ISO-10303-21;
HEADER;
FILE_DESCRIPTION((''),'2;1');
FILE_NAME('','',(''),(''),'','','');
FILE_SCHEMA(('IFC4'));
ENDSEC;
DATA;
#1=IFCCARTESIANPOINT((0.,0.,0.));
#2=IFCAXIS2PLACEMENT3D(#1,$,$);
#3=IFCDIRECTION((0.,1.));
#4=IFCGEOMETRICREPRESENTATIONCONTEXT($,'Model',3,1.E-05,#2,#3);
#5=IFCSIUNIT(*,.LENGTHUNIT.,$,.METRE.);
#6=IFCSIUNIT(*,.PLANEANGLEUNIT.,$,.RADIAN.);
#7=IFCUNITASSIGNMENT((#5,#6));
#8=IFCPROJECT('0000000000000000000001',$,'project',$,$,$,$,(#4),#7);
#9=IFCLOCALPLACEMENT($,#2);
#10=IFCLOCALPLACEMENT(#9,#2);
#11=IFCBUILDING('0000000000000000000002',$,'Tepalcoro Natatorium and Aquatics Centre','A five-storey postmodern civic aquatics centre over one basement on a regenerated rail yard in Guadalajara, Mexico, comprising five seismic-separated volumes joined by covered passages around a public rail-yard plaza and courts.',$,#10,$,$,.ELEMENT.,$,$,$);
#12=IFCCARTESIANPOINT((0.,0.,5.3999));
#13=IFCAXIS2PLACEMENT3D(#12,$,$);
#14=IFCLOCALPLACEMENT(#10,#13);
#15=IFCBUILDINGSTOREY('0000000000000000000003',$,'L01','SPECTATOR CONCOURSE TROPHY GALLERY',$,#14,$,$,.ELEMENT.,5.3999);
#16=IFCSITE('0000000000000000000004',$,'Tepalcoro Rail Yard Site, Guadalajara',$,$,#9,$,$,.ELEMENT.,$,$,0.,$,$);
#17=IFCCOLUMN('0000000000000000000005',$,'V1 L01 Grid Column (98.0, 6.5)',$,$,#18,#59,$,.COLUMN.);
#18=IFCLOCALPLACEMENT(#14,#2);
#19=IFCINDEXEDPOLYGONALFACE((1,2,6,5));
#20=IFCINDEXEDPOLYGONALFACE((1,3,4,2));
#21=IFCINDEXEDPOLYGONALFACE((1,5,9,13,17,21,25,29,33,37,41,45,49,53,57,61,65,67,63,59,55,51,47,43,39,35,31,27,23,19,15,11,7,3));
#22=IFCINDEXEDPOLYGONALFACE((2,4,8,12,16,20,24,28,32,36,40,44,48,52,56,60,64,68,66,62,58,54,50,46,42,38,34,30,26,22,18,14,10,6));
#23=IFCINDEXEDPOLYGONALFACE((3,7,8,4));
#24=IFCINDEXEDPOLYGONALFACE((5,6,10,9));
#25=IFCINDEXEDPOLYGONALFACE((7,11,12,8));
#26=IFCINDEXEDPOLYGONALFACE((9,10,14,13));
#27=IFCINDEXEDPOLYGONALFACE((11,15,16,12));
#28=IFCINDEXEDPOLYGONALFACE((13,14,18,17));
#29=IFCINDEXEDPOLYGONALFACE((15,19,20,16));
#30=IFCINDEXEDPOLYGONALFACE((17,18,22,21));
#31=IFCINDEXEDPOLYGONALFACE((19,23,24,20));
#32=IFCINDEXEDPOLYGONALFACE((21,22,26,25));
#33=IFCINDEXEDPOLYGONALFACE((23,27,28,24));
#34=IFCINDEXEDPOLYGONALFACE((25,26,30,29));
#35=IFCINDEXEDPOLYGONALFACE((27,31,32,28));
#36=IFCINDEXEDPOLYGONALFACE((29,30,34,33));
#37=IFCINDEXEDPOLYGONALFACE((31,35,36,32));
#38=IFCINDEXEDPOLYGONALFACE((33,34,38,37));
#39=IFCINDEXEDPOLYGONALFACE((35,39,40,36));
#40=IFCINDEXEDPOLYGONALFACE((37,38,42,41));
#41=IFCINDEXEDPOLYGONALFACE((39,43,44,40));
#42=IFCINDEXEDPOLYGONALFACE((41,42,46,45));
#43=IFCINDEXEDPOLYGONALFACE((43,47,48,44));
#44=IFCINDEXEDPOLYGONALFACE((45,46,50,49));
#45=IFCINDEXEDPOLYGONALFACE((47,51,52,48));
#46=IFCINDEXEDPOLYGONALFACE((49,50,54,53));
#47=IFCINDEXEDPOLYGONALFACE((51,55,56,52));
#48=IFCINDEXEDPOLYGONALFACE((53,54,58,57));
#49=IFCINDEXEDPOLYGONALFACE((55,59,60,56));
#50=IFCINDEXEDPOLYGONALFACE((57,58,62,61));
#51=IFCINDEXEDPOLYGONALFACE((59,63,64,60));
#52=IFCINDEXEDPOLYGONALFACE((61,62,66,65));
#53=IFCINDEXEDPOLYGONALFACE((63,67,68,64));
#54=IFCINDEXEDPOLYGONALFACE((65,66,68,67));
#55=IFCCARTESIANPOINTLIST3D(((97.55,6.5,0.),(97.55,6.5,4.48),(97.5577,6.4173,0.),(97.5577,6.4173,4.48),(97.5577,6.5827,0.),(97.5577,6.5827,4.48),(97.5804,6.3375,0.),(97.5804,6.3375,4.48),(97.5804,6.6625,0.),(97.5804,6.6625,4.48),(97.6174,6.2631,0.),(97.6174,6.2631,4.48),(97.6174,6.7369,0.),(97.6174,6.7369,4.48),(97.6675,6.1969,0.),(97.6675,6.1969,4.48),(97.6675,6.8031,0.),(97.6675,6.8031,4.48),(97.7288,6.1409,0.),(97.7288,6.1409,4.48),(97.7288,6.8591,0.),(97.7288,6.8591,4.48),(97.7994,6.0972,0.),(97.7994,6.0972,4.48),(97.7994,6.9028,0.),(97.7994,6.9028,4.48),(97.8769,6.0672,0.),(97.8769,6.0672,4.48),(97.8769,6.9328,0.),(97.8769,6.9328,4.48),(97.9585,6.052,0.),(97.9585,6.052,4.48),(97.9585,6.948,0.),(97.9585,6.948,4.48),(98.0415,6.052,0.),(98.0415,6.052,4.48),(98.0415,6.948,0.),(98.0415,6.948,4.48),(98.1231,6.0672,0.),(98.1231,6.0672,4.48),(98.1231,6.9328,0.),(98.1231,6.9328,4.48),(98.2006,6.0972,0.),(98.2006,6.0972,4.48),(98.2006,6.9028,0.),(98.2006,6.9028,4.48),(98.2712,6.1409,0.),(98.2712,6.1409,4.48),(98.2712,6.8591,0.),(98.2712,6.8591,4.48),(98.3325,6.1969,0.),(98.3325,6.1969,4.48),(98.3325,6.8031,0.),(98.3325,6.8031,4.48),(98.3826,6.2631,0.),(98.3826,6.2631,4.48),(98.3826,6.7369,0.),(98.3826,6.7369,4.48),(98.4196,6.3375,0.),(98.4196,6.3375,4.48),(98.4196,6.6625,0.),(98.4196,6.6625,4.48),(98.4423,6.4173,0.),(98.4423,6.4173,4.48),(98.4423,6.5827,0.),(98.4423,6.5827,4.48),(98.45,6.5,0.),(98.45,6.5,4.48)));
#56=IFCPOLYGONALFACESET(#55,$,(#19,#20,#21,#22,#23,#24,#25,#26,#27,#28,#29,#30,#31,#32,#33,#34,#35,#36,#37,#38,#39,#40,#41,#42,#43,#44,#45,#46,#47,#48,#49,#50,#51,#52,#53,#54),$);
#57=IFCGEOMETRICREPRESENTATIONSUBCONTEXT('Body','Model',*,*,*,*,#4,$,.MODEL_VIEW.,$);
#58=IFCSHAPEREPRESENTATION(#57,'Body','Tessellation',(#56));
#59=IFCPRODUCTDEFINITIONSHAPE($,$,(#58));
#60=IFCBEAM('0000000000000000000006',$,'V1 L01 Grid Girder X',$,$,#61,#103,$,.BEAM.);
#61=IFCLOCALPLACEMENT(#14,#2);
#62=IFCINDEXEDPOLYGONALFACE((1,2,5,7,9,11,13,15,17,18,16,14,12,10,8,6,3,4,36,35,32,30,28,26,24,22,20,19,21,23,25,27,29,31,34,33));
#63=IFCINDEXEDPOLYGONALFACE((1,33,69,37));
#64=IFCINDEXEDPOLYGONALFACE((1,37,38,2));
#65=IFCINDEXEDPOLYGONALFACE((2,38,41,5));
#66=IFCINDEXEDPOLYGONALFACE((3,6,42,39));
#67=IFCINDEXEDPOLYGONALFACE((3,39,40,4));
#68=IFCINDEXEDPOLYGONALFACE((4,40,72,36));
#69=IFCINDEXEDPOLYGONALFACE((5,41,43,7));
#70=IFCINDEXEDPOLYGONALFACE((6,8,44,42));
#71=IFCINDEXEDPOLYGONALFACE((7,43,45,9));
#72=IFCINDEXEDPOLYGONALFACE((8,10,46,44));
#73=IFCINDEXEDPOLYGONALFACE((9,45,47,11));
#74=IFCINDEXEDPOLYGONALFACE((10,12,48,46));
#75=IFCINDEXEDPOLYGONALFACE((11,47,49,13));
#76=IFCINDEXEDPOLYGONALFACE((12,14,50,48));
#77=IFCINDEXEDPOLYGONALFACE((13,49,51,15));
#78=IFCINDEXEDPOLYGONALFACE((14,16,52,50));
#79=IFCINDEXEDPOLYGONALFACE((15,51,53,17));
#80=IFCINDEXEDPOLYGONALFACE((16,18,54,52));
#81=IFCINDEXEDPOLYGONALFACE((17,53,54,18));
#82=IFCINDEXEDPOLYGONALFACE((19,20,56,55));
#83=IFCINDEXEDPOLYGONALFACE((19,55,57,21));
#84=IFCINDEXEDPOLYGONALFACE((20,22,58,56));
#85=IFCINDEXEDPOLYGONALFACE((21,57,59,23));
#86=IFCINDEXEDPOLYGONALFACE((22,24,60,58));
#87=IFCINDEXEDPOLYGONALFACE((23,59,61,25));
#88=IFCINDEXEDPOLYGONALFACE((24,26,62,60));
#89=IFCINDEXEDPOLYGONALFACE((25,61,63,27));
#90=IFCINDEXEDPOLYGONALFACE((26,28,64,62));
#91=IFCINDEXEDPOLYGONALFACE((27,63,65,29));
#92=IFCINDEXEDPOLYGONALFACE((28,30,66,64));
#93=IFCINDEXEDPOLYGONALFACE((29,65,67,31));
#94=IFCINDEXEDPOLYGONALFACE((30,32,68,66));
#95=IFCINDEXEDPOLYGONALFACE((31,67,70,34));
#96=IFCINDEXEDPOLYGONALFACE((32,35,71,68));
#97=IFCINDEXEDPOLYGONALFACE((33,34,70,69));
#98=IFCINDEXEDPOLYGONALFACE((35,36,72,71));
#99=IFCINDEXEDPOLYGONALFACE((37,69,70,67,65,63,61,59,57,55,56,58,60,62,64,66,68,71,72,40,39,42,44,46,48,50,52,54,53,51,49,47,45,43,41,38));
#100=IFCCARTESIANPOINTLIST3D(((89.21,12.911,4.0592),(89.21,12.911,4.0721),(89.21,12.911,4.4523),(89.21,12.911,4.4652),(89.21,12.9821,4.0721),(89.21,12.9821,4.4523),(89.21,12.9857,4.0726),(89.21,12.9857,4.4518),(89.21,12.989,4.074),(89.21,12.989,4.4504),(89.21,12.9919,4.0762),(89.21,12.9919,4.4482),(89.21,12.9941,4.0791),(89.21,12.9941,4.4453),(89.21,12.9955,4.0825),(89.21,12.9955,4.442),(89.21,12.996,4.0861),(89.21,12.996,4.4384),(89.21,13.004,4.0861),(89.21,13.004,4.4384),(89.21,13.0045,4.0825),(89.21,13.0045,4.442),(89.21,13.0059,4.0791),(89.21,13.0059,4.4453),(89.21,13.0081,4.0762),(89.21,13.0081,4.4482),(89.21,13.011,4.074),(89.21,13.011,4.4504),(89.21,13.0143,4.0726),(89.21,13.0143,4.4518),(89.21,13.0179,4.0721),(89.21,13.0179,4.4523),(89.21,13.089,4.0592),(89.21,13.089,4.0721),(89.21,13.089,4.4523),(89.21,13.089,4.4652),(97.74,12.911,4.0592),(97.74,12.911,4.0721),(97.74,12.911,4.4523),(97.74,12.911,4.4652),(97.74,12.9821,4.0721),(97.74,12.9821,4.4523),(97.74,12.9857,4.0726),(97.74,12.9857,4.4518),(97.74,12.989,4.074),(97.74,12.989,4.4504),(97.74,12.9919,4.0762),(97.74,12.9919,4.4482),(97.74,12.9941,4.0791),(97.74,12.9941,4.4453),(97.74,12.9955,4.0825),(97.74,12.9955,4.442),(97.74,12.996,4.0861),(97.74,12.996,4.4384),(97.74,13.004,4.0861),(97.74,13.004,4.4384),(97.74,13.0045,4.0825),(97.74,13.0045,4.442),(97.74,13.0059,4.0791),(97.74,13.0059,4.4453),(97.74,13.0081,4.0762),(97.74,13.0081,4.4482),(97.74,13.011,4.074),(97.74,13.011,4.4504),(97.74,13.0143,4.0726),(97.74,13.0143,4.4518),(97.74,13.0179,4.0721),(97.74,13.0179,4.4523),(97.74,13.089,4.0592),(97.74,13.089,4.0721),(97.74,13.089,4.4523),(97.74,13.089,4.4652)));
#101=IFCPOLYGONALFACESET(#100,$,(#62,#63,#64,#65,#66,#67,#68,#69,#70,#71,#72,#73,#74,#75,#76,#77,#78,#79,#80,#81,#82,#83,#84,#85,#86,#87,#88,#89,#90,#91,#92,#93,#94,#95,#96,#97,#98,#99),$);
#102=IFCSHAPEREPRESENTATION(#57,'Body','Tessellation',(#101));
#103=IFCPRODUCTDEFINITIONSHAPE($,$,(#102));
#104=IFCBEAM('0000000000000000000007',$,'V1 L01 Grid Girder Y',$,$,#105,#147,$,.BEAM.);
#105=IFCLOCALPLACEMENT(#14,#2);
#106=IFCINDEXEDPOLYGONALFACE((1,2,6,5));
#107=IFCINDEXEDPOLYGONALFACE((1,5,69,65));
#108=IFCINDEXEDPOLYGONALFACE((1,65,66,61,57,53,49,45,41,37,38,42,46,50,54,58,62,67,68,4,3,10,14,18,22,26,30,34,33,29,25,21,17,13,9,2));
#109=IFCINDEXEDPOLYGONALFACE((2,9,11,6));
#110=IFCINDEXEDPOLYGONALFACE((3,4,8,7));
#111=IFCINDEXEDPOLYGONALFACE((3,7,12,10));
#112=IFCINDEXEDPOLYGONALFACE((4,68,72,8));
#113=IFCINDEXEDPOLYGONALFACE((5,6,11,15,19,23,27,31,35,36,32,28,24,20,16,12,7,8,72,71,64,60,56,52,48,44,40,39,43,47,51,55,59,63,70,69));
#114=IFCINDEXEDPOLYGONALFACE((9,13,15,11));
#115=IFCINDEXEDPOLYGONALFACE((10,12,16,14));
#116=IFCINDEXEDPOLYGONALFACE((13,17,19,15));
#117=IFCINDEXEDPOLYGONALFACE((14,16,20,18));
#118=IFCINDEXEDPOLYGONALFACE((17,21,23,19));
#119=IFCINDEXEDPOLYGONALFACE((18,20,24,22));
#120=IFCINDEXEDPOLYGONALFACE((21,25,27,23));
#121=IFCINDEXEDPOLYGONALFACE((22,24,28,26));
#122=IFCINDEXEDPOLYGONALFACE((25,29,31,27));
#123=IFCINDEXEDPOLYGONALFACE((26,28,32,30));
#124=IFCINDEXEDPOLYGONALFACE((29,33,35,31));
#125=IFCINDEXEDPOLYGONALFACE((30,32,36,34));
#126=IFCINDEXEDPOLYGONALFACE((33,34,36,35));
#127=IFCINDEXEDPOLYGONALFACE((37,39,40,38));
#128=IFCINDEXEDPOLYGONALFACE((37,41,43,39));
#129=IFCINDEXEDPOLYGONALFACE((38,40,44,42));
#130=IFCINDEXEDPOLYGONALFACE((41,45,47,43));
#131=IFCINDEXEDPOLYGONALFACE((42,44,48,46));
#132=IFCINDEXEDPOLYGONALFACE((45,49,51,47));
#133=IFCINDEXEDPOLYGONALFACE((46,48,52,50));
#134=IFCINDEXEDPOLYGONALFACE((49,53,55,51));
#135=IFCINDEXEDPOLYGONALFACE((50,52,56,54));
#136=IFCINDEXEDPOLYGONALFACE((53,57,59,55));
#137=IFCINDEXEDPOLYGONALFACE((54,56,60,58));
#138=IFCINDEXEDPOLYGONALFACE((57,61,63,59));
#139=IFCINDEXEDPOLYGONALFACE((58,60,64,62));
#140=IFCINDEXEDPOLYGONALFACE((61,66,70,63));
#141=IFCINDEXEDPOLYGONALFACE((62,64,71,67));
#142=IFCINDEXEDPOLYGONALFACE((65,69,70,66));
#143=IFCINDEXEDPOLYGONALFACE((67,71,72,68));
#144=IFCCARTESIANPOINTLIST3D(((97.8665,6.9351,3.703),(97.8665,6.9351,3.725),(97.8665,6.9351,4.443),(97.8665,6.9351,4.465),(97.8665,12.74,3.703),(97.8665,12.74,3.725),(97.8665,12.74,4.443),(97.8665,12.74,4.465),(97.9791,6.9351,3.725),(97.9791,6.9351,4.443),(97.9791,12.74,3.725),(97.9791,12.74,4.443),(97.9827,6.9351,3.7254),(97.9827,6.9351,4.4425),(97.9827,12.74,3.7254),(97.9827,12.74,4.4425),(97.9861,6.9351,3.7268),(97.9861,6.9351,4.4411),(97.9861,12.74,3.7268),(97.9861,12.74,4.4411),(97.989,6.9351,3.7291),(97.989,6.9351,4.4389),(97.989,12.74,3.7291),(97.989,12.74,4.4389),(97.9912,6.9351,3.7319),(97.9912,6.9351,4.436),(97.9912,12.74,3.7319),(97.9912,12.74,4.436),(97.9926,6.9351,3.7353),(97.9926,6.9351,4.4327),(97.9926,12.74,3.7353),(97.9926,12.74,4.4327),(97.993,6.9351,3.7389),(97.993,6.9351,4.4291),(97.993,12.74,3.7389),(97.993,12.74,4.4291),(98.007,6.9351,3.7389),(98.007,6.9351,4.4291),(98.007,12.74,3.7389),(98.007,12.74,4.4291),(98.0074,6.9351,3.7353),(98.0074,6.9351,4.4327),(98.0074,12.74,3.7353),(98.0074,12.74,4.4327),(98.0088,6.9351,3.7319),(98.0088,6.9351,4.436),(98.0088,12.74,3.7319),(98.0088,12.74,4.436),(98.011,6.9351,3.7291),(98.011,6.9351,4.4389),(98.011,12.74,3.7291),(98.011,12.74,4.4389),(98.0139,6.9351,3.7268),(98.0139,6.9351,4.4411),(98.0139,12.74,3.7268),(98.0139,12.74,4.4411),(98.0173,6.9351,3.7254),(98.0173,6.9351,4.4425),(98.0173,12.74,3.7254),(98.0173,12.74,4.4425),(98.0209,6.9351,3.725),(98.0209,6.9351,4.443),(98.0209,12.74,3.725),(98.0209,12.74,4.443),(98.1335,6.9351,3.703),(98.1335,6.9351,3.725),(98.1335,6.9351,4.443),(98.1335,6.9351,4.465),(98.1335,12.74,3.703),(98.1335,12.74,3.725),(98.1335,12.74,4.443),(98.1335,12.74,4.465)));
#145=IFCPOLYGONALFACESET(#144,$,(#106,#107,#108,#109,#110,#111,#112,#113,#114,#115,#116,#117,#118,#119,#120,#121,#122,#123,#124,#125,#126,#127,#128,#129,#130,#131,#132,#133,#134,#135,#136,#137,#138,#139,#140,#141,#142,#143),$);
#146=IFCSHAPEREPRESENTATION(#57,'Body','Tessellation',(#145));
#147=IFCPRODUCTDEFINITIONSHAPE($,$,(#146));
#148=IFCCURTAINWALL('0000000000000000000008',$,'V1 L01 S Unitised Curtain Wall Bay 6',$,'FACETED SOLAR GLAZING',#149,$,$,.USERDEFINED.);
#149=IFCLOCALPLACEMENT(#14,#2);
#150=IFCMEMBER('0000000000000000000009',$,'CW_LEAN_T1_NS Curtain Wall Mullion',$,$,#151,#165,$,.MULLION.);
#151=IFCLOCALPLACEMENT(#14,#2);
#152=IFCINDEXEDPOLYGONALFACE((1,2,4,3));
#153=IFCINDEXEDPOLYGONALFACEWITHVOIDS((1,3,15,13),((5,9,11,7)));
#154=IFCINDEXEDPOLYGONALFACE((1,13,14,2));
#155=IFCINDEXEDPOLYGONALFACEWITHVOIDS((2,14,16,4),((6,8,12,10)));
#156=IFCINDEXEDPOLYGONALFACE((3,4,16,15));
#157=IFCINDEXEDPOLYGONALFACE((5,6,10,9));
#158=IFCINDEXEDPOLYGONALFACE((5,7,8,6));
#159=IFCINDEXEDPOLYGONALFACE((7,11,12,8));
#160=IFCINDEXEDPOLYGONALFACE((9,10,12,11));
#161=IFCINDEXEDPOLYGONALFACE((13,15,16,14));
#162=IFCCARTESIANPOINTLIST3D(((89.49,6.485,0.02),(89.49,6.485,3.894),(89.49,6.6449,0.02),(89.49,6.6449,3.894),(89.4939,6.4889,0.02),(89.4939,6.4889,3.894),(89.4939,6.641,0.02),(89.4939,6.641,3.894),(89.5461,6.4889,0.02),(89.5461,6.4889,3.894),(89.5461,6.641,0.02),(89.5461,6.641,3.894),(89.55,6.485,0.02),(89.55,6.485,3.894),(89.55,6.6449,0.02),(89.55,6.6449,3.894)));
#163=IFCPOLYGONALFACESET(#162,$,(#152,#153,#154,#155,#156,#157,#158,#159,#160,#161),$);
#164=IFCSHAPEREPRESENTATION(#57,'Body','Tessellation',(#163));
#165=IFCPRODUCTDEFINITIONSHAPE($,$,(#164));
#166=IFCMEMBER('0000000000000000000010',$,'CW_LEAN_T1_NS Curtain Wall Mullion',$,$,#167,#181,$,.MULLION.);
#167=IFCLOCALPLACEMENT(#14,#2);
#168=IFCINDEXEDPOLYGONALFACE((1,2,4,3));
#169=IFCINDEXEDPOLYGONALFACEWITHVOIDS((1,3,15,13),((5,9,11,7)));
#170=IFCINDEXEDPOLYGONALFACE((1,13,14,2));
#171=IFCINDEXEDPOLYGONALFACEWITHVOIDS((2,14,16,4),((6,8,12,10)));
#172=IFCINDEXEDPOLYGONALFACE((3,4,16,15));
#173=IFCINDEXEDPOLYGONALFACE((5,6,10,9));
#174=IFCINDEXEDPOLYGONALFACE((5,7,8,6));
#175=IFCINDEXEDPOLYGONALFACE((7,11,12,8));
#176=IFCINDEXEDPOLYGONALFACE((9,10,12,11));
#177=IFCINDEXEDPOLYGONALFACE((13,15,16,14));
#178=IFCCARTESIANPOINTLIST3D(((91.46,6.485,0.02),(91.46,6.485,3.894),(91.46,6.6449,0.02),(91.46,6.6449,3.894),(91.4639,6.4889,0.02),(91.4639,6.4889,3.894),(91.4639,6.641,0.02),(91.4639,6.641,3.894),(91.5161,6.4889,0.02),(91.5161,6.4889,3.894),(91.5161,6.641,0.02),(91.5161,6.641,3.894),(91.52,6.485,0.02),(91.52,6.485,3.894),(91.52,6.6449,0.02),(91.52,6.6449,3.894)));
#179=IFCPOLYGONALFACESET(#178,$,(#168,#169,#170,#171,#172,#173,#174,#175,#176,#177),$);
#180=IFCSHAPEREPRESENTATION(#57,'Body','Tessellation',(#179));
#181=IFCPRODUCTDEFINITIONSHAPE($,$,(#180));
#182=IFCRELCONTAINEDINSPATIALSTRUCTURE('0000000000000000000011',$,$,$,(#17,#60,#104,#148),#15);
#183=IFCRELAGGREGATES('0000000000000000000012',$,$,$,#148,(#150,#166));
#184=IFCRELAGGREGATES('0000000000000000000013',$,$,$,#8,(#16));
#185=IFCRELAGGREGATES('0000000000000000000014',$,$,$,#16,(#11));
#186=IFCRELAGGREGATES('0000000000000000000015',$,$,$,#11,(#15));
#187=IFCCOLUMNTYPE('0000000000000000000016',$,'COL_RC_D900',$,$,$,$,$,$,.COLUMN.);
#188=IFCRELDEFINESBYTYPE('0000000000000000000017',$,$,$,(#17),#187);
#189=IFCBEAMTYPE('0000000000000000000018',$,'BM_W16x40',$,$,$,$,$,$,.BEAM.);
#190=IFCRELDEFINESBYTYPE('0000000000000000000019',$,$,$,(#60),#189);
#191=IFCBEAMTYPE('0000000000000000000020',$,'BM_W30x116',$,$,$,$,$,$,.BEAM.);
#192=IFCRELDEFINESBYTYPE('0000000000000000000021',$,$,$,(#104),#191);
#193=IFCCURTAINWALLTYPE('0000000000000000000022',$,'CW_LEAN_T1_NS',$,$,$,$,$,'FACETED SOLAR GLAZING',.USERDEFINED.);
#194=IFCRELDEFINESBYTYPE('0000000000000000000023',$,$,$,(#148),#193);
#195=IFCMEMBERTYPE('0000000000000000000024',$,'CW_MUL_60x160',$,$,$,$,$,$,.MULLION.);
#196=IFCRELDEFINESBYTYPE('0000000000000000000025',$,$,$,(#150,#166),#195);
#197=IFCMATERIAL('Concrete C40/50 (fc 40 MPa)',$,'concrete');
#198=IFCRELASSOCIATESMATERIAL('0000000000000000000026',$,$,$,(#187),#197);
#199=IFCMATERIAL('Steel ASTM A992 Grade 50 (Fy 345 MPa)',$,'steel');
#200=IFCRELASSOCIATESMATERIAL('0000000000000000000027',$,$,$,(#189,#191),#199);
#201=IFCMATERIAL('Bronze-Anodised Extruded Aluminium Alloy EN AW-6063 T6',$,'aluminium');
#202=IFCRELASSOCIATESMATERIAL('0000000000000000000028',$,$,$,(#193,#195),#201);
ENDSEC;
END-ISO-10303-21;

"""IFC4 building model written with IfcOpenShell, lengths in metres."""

from ifc_helpers import new_model, si_unit, direction, frame, origin, origin_2d, place, context, subcontext, project, spatial, hollow_rectangle, circle, i_section, extrude, material, material_profile, profile_set, type_object, element, aggregate, save


model = new_model("IFC4")

# Units and contexts
model_context = context("Model", 3, precision=1e-05, world=origin(), true_north=direction((0.0, 1.0)))
body_context = subcontext(model_context, "Body", "Model", "MODEL_VIEW")
ifc_project = project(units=[si_unit("LENGTHUNIT", "METRE"), si_unit("PLANEANGLEUNIT", "RADIAN")], contexts=[model_context])

# Site, building, storey
site_placement = place(None, origin())
site = spatial("IfcSite", under=ifc_project, at=site_placement, Name="Tepalcoro Rail Yard Site, Guadalajara", CompositionType="ELEMENT", RefElevation=0.0)
building_placement = place(site_placement, origin())
building = spatial("IfcBuilding", under=site, at=building_placement, Name="Tepalcoro Natatorium and Aquatics Centre", Description="A five-storey postmodern civic aquatics centre over one basement on a regenerated rail yard in Guadalajara, Mexico, comprising five seismic-separated volumes joined by covered passages around a public rail-yard plaza and courts.", CompositionType="ELEMENT")
storey_placement = place(building_placement, frame((0.0, 0.0, 5.3999)))
storey = spatial("IfcBuildingStorey", under=building, at=storey_placement, Name="L01", Description="SPECTATOR CONCOURSE TROPHY GALLERY", CompositionType="ELEMENT", Elevation=5.3999)

# Column
ifc_material_1 = material(Name="Concrete C40/50 (fc 40 MPa)", Category="concrete")
ifc_material_profile_1 = material_profile(ifc_material_1, circle(Radius=0.45, at=origin_2d()), Name="RCD900")
ifc_profile_set_1 = profile_set([ifc_material_profile_1], Name="Concrete C40/50 (fc 40 MPa)")
column_type = type_object("IfcColumnType", Name="COL_RC_D900", PredefinedType="COLUMN", material=ifc_profile_set_1)
column_placement = place(storey_placement, frame((98.0, 6.5, 0.0), z_axis=(0.0, 0.0, 1.0), x_axis=(1.0, 0.0, 0.0)))
element("IfcColumn", 1, at=column_placement, inside=storey, type_object=column_type, Name="V1 L01 Grid Column (98.0, 6.5)", PredefinedType="COLUMN", context=body_context, shape_type="SweptSolid", body=[
    extrude(circle(Radius=0.45, at=origin_2d()), origin(), (0.0, 0.0, 1.0), 4.48),
])

# Beams
ifc_material_2 = material(Name="Steel ASTM A992 Grade 50 (Fy 345 MPa)", Category="steel")
ifc_material_profile_2 = material_profile(ifc_material_2, i_section(OverallWidth=0.178, OverallDepth=0.406, WebThickness=0.0081, FlangeThickness=0.0129, FilletRadius=0.0139, at=origin_2d()), Name="W16X40")
ifc_profile_set_2 = profile_set([ifc_material_profile_2], Name="Steel ASTM A992 Grade 50 (Fy 345 MPa)")
beam_type_1 = type_object("IfcBeamType", Name="BM_W16x40", PredefinedType="BEAM", material=ifc_profile_set_2)
beam_1_placement = place(storey_placement, frame((89.21, 13.0, 4.2622), z_axis=(1.0, 0.0, 0.0), x_axis=(0.0, 1.0, 0.0)))
element("IfcBeam", 2, at=beam_1_placement, inside=storey, type_object=beam_type_1, Name="V1 L01 Grid Girder X", PredefinedType="BEAM", context=body_context, shape_type="SweptSolid", body=[
    extrude(i_section(OverallWidth=0.178, OverallDepth=0.406, WebThickness=0.0081, FlangeThickness=0.0129, FilletRadius=0.0139, at=origin_2d()), origin(), (0.0, 0.0, 1.0), 8.53),
])
ifc_material_profile_3 = material_profile(ifc_material_2, i_section(OverallWidth=0.2671, OverallDepth=0.762, WebThickness=0.0139, FlangeThickness=0.022, FilletRadius=0.0139, at=origin_2d()), Name="W30X116")
ifc_profile_set_3 = profile_set([ifc_material_profile_3], Name="Steel ASTM A992 Grade 50 (Fy 345 MPa)")
beam_type_2 = type_object("IfcBeamType", Name="BM_W30x116", PredefinedType="BEAM", material=ifc_profile_set_3)
beam_2_placement = place(storey_placement, frame((98.0, 6.9351, 4.084), z_axis=(0.0, 1.0, 0.0), x_axis=(-1.0, 0.0, 0.0)))
element("IfcBeam", 3, at=beam_2_placement, inside=storey, type_object=beam_type_2, Name="V1 L01 Grid Girder Y", PredefinedType="BEAM", context=body_context, shape_type="SweptSolid", body=[
    extrude(i_section(OverallWidth=0.2671, OverallDepth=0.762, WebThickness=0.0139, FlangeThickness=0.022, FilletRadius=0.0139, at=origin_2d()), origin(), (0.0, 0.0, 1.0), 5.8049),
])

# Curtain wall, members
ifc_material_3 = material(Name="Bronze-Anodised Extruded Aluminium Alloy EN AW-6063 T6", Category="aluminium")
curtain_wall_type = type_object("IfcCurtainWallType", Name="CW_LEAN_T1_NS", ElementType="FACETED SOLAR GLAZING", PredefinedType="USERDEFINED", material=ifc_material_3)
curtain_wall_placement = place(storey_placement, origin())
curtain_wall = element("IfcCurtainWall", 4, at=curtain_wall_placement, inside=storey, type_object=curtain_wall_type, Name="V1 L01 S Unitised Curtain Wall Bay 6", ObjectType="FACETED SOLAR GLAZING", PredefinedType="USERDEFINED")
ifc_material_profile_4 = material_profile(ifc_material_3, hollow_rectangle(XDim=0.0601, YDim=0.1599, WallThickness=0.0039, at=origin_2d()), Name="AL60X160X4")
ifc_profile_set_4 = profile_set([ifc_material_profile_4], Name="Bronze-Anodised Extruded Aluminium Alloy EN AW-6063 T6")
member_type_1 = type_object("IfcMemberType", Name="CW_MUL_60x160", PredefinedType="MULLION", material=ifc_profile_set_4)
member_1_placement = place(storey_placement, frame((89.52, 6.5649, 0.02), z_axis=(0.0, 0.0, 1.0), x_axis=(1.0, 0.0, 0.0)))
member_1 = element("IfcMember", 5, at=member_1_placement, type_object=member_type_1, Name="CW_LEAN_T1_NS Curtain Wall Mullion", PredefinedType="MULLION", context=body_context, shape_type="SweptSolid", body=[
    extrude(hollow_rectangle(XDim=0.0601, YDim=0.1599, WallThickness=0.0039, at=origin_2d()), origin(), (0.0, 0.0, 1.0), 3.874),
])
member_2_placement = place(storey_placement, frame((91.49, 6.5649, 0.02), z_axis=(0.0, 0.0, 1.0), x_axis=(1.0, 0.0, 0.0)))
member_2 = element("IfcMember", 6, at=member_2_placement, type_object=member_type_1, Name="CW_LEAN_T1_NS Curtain Wall Mullion", PredefinedType="MULLION", context=body_context, shape_type="SweptSolid", body=[
    extrude(hollow_rectangle(XDim=0.0601, YDim=0.1599, WallThickness=0.0039, at=origin_2d()), origin(), (0.0, 0.0, 1.0), 3.874),
])

aggregate(curtain_wall, [member_1, member_2])

save(model, "model.ifc")
